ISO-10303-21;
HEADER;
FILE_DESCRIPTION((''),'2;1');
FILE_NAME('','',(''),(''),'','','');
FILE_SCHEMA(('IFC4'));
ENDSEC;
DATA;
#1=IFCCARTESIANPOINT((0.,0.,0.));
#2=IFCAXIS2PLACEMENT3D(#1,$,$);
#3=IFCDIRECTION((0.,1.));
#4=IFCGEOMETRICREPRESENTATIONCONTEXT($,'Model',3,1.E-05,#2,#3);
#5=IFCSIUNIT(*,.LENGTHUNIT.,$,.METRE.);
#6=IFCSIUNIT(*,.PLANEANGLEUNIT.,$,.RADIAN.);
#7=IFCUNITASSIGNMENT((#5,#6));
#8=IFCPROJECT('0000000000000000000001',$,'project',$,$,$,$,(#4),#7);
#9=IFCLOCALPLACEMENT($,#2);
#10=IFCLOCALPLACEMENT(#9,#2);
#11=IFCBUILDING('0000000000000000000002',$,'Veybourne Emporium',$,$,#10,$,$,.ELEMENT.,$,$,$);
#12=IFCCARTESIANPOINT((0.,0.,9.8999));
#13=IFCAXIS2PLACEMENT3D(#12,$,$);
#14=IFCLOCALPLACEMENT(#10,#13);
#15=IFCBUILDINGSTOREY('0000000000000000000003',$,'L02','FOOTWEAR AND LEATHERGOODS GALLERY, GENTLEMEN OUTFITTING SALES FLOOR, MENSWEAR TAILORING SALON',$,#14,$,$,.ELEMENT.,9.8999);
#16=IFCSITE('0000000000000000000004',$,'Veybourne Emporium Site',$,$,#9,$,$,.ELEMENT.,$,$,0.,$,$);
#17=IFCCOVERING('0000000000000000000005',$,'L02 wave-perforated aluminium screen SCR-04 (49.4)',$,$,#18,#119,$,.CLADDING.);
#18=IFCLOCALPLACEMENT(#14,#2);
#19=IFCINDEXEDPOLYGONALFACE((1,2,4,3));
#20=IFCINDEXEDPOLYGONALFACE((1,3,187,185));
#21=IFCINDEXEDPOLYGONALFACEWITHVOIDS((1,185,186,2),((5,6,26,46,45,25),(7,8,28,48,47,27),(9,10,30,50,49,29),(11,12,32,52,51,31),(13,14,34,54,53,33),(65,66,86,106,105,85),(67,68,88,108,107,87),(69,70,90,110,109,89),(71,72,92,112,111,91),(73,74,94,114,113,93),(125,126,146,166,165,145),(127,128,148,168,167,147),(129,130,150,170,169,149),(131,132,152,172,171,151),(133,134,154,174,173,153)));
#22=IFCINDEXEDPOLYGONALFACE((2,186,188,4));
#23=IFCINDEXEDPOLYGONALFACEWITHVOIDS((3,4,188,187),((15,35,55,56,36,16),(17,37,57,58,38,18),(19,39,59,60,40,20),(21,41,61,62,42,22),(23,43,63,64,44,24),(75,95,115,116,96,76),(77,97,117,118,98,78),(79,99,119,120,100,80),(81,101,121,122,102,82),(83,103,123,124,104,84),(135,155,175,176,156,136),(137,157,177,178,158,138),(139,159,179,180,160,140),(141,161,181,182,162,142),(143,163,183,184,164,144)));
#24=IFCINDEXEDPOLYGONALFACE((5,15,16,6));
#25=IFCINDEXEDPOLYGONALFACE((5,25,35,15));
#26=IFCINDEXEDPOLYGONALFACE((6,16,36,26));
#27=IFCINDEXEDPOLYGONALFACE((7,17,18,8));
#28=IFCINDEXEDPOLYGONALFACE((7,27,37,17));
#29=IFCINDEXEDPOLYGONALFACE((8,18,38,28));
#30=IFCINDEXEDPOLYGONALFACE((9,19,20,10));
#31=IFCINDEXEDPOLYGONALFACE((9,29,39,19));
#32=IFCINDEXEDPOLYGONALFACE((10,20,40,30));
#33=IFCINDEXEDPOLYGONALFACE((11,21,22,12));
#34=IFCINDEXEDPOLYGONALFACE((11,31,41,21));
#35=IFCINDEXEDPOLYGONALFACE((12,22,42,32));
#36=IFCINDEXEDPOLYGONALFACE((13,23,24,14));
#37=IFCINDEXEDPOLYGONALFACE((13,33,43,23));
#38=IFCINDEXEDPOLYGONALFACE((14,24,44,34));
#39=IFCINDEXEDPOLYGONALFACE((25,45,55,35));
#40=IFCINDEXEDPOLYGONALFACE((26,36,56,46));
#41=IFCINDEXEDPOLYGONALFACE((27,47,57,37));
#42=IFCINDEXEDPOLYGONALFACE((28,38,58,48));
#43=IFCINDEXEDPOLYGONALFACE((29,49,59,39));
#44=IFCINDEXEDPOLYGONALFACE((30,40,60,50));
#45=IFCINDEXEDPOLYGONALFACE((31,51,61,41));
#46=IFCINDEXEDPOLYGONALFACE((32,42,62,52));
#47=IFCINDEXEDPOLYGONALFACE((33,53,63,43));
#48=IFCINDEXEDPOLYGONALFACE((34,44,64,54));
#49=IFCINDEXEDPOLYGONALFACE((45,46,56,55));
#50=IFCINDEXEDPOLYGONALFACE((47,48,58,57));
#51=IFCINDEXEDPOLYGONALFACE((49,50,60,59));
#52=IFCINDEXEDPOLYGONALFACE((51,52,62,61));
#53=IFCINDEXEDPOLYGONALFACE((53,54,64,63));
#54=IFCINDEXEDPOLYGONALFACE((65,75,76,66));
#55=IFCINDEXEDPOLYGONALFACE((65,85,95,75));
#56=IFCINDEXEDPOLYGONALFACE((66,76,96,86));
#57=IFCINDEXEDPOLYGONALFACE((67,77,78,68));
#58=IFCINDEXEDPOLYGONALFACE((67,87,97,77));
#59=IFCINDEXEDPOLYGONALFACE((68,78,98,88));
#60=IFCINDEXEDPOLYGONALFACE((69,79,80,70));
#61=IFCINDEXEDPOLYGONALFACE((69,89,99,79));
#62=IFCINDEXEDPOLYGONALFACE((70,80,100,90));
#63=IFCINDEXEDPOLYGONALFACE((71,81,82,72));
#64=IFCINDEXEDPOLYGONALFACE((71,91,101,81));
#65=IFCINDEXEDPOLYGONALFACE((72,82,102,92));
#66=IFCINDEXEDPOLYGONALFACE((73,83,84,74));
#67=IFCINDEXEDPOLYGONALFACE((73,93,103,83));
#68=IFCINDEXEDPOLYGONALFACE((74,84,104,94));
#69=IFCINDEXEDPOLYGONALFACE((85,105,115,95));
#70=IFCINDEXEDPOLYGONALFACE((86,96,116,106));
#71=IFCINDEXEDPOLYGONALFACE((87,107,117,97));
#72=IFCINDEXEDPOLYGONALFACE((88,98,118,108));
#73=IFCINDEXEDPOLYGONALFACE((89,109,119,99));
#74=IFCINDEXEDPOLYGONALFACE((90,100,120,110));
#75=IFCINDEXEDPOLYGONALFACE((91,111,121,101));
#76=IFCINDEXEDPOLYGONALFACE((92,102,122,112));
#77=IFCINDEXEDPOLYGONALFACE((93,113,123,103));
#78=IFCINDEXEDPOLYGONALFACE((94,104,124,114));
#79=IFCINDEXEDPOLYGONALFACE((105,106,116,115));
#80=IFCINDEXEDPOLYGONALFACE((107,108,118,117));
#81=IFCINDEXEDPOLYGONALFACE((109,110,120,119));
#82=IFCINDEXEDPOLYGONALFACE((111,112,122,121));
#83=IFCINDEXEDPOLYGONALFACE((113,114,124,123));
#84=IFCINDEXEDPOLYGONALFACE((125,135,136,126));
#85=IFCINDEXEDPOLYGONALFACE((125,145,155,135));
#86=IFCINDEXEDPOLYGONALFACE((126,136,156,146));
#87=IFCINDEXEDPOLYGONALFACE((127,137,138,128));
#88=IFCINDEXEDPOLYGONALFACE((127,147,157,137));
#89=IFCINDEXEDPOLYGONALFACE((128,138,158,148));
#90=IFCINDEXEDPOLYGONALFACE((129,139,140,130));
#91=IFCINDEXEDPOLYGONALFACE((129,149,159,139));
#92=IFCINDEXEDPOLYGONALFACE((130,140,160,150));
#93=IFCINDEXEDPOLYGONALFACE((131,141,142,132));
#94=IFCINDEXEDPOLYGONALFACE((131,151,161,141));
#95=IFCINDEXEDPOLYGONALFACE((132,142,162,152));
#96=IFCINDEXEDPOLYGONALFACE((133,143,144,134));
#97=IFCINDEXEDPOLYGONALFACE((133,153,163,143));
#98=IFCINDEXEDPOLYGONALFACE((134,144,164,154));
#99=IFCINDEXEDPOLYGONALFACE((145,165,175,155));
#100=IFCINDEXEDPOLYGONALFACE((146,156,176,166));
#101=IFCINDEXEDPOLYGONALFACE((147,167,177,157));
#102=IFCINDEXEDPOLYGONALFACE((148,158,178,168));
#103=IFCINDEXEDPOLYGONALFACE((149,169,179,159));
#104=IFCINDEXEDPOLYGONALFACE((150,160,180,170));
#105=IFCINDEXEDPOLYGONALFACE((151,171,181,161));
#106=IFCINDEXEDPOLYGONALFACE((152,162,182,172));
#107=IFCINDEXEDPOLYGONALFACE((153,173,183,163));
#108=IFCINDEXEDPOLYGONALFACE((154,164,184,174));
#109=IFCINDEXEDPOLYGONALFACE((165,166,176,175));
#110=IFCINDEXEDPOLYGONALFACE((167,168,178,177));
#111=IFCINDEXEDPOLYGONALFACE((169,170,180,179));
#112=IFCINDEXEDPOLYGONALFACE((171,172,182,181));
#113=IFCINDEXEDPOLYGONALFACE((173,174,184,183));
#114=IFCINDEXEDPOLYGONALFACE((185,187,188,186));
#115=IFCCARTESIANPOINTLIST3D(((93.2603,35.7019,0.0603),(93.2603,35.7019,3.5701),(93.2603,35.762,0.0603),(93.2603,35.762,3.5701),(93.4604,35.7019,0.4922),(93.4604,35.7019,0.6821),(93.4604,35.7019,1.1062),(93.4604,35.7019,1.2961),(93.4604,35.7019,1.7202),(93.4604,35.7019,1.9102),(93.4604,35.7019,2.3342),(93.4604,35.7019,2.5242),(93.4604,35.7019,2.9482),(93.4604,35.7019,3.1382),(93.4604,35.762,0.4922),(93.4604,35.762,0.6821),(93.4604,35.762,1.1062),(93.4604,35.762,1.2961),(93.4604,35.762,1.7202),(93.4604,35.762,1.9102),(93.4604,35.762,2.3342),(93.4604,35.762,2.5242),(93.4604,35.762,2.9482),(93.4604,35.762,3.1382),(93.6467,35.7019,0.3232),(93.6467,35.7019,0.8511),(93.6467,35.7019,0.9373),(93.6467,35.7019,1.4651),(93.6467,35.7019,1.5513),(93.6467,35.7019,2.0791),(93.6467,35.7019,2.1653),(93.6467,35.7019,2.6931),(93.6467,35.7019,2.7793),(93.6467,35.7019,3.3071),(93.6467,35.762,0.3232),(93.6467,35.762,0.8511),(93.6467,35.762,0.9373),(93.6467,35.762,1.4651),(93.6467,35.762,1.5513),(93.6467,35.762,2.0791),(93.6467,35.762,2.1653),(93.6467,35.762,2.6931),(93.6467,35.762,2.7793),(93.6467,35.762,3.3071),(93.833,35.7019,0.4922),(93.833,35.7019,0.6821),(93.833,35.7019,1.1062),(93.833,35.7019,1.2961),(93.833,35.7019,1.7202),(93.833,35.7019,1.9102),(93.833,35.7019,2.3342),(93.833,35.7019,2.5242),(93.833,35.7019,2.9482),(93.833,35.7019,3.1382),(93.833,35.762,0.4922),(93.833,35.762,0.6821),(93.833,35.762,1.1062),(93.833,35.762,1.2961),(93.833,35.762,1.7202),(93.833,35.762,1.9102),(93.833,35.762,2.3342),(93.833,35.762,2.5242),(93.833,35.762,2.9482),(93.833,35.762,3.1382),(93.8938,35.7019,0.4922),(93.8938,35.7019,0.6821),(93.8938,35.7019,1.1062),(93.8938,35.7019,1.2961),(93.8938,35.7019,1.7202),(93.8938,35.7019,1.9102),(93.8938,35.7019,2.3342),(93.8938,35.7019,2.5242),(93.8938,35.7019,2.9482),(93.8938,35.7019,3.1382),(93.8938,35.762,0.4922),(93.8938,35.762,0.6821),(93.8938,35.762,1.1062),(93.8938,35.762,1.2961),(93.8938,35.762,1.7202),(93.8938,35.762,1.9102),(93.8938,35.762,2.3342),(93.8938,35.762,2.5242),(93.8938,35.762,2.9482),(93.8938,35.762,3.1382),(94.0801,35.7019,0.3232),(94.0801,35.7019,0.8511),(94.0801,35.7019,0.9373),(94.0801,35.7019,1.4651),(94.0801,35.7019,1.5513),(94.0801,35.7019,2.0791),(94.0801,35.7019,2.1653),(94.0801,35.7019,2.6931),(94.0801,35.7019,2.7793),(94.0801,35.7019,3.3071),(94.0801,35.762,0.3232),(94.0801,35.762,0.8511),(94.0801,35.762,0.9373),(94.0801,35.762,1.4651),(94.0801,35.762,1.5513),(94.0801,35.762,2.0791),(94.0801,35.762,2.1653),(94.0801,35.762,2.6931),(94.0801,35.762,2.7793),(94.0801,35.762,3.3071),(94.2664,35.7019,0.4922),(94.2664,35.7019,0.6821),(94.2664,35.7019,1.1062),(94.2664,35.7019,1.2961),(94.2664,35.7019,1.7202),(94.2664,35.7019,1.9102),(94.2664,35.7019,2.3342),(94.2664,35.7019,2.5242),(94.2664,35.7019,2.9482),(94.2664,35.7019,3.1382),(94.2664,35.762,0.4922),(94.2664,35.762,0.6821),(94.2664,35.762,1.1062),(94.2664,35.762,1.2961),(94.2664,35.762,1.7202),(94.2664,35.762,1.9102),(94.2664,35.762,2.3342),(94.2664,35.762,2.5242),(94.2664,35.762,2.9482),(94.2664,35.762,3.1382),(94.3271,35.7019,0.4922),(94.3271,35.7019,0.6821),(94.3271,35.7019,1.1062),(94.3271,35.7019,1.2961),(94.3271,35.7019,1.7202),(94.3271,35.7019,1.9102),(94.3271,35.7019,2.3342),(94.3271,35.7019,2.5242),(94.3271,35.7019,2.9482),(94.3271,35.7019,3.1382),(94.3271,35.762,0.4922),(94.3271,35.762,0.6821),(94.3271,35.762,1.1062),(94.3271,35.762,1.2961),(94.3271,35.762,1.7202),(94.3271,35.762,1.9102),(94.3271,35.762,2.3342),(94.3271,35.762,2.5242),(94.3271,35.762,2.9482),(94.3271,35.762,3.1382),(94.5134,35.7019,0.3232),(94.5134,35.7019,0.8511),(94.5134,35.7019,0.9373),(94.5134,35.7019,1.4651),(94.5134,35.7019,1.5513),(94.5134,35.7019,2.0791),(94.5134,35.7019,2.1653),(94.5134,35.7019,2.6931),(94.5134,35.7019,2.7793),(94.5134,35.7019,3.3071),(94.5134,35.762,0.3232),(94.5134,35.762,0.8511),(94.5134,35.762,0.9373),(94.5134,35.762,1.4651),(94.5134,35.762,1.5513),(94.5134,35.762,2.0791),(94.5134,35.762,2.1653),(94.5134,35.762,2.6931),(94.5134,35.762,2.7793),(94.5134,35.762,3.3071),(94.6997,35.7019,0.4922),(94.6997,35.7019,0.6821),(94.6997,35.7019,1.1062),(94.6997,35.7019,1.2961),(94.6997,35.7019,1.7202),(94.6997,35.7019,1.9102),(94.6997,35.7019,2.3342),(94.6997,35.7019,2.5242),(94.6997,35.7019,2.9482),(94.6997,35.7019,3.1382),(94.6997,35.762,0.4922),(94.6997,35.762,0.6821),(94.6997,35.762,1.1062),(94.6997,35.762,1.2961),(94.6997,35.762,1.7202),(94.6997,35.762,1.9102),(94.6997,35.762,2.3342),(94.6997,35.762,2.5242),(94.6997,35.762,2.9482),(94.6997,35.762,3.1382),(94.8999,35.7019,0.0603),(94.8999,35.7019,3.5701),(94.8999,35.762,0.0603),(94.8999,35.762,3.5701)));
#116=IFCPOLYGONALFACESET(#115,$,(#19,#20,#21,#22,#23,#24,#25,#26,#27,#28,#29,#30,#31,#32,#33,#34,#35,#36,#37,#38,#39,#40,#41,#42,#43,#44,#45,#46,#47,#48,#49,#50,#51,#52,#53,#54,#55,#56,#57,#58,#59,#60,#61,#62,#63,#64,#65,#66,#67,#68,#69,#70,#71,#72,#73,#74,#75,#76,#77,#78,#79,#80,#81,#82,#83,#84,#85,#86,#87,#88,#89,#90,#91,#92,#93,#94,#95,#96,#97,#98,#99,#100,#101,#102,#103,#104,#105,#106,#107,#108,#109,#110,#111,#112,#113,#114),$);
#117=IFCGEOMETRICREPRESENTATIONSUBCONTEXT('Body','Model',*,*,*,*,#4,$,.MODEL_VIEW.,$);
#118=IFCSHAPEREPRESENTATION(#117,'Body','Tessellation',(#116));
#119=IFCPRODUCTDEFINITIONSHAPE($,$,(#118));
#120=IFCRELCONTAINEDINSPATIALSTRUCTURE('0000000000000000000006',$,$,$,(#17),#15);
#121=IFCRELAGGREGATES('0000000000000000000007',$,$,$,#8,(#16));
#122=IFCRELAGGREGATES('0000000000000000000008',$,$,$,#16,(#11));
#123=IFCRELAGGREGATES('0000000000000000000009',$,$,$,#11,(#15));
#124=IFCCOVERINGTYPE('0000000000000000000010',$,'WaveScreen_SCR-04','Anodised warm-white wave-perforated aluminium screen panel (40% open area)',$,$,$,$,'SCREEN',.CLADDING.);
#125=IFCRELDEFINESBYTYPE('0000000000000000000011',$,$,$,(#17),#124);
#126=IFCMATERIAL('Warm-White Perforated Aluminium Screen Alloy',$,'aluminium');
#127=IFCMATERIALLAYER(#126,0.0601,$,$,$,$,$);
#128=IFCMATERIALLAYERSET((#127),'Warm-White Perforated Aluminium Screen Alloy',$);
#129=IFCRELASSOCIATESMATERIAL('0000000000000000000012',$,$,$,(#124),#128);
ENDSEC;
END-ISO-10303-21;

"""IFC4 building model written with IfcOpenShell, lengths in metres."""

from ifc_helpers import new_model, si_unit, direction, frame, origin, place, context, subcontext, project, spatial, polyline, outline, extrude, material, layer, layer_set, type_object, element, save


model = new_model("IFC4")

# Units and contexts
model_context = context("Model", 3, precision=1e-05, world=origin(), true_north=direction((0.0, 1.0)))
body_context = subcontext(model_context, "Body", "Model", "MODEL_VIEW")
ifc_project = project(units=[si_unit("LENGTHUNIT", "METRE"), si_unit("PLANEANGLEUNIT", "RADIAN")], contexts=[model_context])

# Site, building, storey
site_placement = place(None, origin())
site = spatial("IfcSite", under=ifc_project, at=site_placement, Name="Veybourne Emporium Site", CompositionType="ELEMENT", RefElevation=0.0)
building_placement = place(site_placement, origin())
building = spatial("IfcBuilding", under=site, at=building_placement, Name="Veybourne Emporium", CompositionType="ELEMENT")
storey_placement = place(building_placement, frame((0.0, 0.0, 9.8999)))
storey = spatial("IfcBuildingStorey", under=building, at=storey_placement, Name="L02", Description="FOOTWEAR AND LEATHERGOODS GALLERY, GENTLEMEN OUTFITTING SALES FLOOR, MENSWEAR TAILORING SALON", CompositionType="ELEMENT", Elevation=9.8999)

# Covering
ifc_material_1 = material(Name="Warm-White Perforated Aluminium Screen Alloy", Category="aluminium")
ifc_layer_1 = layer(ifc_material_1, 0.0601)
ifc_layer_set_1 = layer_set([ifc_layer_1], Name="Warm-White Perforated Aluminium Screen Alloy")
covering_type_1 = type_object("IfcCoveringType", Name="WaveScreen_SCR-04", Description="Anodised warm-white wave-perforated aluminium screen panel (40% open area)", ElementType="SCREEN", PredefinedType="CLADDING", material=ifc_layer_set_1)
covering_1_placement = place(storey_placement, frame((94.0801, 35.7019, 1.8152), z_axis=(0.0, 1.0, 0.0), x_axis=(-1.0, 0.0, 0.0)))
element("IfcCovering", 1, at=covering_1_placement, inside=storey, type_object=covering_type_1, Name="L02 wave-perforated aluminium screen SCR-04 (49.4)", PredefinedType="CLADDING", context=body_context, shape_type="SweptSolid", body=[
    extrude(outline(polyline([(-0.8198, -1.7549), (0.8198, -1.7549), (0.8198, 1.7549), (-0.8198, 1.7549), (-0.8198, -1.7549)]), holes=[polyline([(-0.4333, -0.9641), (-0.2471, -1.1331), (-0.2471, -1.323), (-0.4333, -1.4919), (-0.6196, -1.323), (-0.6196, -1.1331), (-0.4333, -0.9641)]), polyline([(-0.4333, -0.3501), (-0.2471, -0.519), (-0.2471, -0.709), (-0.4333, -0.8779), (-0.6196, -0.709), (-0.6196, -0.519), (-0.4333, -0.3501)]), polyline([(-0.4333, 0.2639), (-0.2471, 0.095), (-0.2471, -0.095), (-0.4333, -0.2639), (-0.6196, -0.095), (-0.6196, 0.095), (-0.4333, 0.2639)]), polyline([(-0.4333, 0.8779), (-0.2471, 0.709), (-0.2471, 0.519), (-0.4333, 0.3501), (-0.6196, 0.519), (-0.6196, 0.709), (-0.4333, 0.8779)]), polyline([(-0.4333, 1.4919), (-0.2471, 1.323), (-0.2471, 1.1331), (-0.4333, 0.9641), (-0.6196, 1.1331), (-0.6196, 1.323), (-0.4333, 1.4919)]), polyline([(0.0, -0.9641), (0.1863, -1.1331), (0.1863, -1.323), (0.0, -1.4919), (-0.1863, -1.323), (-0.1863, -1.1331), (0.0, -0.9641)]), polyline([(0.0, -0.3501), (0.1863, -0.519), (0.1863, -0.709), (0.0, -0.8779), (-0.1863, -0.709), (-0.1863, -0.519), (0.0, -0.3501)]), polyline([(0.0, 0.2639), (0.1863, 0.095), (0.1863, -0.095), (0.0, -0.2639), (-0.1863, -0.095), (-0.1863, 0.095), (0.0, 0.2639)]), polyline([(0.0, 0.8779), (0.1863, 0.709), (0.1863, 0.519), (0.0, 0.3501), (-0.1863, 0.519), (-0.1863, 0.709), (0.0, 0.8779)]), polyline([(0.0, 1.4919), (0.1863, 1.323), (0.1863, 1.1331), (0.0, 0.9641), (-0.1863, 1.1331), (-0.1863, 1.323), (0.0, 1.4919)]), polyline([(0.4333, -0.9641), (0.6196, -1.1331), (0.6196, -1.323), (0.4333, -1.4919), (0.2471, -1.323), (0.2471, -1.1331), (0.4333, -0.9641)]), polyline([(0.4333, -0.3501), (0.6196, -0.519), (0.6196, -0.709), (0.4333, -0.8779), (0.2471, -0.709), (0.2471, -0.519), (0.4333, -0.3501)]), polyline([(0.4333, 0.2639), (0.6196, 0.095), (0.6196, -0.095), (0.4333, -0.2639), (0.2471, -0.095), (0.2471, 0.095), (0.4333, 0.2639)]), polyline([(0.4333, 0.8779), (0.6196, 0.709), (0.6196, 0.519), (0.4333, 0.3501), (0.2471, 0.519), (0.2471, 0.709), (0.4333, 0.8779)]), polyline([(0.4333, 1.4919), (0.6196, 1.323), (0.6196, 1.1331), (0.4333, 0.9641), (0.2471, 1.1331), (0.2471, 1.323), (0.4333, 1.4919)])]), origin(), (0.0, 0.0, 1.0), 0.0601),
])

save(model, "model.ifc")
